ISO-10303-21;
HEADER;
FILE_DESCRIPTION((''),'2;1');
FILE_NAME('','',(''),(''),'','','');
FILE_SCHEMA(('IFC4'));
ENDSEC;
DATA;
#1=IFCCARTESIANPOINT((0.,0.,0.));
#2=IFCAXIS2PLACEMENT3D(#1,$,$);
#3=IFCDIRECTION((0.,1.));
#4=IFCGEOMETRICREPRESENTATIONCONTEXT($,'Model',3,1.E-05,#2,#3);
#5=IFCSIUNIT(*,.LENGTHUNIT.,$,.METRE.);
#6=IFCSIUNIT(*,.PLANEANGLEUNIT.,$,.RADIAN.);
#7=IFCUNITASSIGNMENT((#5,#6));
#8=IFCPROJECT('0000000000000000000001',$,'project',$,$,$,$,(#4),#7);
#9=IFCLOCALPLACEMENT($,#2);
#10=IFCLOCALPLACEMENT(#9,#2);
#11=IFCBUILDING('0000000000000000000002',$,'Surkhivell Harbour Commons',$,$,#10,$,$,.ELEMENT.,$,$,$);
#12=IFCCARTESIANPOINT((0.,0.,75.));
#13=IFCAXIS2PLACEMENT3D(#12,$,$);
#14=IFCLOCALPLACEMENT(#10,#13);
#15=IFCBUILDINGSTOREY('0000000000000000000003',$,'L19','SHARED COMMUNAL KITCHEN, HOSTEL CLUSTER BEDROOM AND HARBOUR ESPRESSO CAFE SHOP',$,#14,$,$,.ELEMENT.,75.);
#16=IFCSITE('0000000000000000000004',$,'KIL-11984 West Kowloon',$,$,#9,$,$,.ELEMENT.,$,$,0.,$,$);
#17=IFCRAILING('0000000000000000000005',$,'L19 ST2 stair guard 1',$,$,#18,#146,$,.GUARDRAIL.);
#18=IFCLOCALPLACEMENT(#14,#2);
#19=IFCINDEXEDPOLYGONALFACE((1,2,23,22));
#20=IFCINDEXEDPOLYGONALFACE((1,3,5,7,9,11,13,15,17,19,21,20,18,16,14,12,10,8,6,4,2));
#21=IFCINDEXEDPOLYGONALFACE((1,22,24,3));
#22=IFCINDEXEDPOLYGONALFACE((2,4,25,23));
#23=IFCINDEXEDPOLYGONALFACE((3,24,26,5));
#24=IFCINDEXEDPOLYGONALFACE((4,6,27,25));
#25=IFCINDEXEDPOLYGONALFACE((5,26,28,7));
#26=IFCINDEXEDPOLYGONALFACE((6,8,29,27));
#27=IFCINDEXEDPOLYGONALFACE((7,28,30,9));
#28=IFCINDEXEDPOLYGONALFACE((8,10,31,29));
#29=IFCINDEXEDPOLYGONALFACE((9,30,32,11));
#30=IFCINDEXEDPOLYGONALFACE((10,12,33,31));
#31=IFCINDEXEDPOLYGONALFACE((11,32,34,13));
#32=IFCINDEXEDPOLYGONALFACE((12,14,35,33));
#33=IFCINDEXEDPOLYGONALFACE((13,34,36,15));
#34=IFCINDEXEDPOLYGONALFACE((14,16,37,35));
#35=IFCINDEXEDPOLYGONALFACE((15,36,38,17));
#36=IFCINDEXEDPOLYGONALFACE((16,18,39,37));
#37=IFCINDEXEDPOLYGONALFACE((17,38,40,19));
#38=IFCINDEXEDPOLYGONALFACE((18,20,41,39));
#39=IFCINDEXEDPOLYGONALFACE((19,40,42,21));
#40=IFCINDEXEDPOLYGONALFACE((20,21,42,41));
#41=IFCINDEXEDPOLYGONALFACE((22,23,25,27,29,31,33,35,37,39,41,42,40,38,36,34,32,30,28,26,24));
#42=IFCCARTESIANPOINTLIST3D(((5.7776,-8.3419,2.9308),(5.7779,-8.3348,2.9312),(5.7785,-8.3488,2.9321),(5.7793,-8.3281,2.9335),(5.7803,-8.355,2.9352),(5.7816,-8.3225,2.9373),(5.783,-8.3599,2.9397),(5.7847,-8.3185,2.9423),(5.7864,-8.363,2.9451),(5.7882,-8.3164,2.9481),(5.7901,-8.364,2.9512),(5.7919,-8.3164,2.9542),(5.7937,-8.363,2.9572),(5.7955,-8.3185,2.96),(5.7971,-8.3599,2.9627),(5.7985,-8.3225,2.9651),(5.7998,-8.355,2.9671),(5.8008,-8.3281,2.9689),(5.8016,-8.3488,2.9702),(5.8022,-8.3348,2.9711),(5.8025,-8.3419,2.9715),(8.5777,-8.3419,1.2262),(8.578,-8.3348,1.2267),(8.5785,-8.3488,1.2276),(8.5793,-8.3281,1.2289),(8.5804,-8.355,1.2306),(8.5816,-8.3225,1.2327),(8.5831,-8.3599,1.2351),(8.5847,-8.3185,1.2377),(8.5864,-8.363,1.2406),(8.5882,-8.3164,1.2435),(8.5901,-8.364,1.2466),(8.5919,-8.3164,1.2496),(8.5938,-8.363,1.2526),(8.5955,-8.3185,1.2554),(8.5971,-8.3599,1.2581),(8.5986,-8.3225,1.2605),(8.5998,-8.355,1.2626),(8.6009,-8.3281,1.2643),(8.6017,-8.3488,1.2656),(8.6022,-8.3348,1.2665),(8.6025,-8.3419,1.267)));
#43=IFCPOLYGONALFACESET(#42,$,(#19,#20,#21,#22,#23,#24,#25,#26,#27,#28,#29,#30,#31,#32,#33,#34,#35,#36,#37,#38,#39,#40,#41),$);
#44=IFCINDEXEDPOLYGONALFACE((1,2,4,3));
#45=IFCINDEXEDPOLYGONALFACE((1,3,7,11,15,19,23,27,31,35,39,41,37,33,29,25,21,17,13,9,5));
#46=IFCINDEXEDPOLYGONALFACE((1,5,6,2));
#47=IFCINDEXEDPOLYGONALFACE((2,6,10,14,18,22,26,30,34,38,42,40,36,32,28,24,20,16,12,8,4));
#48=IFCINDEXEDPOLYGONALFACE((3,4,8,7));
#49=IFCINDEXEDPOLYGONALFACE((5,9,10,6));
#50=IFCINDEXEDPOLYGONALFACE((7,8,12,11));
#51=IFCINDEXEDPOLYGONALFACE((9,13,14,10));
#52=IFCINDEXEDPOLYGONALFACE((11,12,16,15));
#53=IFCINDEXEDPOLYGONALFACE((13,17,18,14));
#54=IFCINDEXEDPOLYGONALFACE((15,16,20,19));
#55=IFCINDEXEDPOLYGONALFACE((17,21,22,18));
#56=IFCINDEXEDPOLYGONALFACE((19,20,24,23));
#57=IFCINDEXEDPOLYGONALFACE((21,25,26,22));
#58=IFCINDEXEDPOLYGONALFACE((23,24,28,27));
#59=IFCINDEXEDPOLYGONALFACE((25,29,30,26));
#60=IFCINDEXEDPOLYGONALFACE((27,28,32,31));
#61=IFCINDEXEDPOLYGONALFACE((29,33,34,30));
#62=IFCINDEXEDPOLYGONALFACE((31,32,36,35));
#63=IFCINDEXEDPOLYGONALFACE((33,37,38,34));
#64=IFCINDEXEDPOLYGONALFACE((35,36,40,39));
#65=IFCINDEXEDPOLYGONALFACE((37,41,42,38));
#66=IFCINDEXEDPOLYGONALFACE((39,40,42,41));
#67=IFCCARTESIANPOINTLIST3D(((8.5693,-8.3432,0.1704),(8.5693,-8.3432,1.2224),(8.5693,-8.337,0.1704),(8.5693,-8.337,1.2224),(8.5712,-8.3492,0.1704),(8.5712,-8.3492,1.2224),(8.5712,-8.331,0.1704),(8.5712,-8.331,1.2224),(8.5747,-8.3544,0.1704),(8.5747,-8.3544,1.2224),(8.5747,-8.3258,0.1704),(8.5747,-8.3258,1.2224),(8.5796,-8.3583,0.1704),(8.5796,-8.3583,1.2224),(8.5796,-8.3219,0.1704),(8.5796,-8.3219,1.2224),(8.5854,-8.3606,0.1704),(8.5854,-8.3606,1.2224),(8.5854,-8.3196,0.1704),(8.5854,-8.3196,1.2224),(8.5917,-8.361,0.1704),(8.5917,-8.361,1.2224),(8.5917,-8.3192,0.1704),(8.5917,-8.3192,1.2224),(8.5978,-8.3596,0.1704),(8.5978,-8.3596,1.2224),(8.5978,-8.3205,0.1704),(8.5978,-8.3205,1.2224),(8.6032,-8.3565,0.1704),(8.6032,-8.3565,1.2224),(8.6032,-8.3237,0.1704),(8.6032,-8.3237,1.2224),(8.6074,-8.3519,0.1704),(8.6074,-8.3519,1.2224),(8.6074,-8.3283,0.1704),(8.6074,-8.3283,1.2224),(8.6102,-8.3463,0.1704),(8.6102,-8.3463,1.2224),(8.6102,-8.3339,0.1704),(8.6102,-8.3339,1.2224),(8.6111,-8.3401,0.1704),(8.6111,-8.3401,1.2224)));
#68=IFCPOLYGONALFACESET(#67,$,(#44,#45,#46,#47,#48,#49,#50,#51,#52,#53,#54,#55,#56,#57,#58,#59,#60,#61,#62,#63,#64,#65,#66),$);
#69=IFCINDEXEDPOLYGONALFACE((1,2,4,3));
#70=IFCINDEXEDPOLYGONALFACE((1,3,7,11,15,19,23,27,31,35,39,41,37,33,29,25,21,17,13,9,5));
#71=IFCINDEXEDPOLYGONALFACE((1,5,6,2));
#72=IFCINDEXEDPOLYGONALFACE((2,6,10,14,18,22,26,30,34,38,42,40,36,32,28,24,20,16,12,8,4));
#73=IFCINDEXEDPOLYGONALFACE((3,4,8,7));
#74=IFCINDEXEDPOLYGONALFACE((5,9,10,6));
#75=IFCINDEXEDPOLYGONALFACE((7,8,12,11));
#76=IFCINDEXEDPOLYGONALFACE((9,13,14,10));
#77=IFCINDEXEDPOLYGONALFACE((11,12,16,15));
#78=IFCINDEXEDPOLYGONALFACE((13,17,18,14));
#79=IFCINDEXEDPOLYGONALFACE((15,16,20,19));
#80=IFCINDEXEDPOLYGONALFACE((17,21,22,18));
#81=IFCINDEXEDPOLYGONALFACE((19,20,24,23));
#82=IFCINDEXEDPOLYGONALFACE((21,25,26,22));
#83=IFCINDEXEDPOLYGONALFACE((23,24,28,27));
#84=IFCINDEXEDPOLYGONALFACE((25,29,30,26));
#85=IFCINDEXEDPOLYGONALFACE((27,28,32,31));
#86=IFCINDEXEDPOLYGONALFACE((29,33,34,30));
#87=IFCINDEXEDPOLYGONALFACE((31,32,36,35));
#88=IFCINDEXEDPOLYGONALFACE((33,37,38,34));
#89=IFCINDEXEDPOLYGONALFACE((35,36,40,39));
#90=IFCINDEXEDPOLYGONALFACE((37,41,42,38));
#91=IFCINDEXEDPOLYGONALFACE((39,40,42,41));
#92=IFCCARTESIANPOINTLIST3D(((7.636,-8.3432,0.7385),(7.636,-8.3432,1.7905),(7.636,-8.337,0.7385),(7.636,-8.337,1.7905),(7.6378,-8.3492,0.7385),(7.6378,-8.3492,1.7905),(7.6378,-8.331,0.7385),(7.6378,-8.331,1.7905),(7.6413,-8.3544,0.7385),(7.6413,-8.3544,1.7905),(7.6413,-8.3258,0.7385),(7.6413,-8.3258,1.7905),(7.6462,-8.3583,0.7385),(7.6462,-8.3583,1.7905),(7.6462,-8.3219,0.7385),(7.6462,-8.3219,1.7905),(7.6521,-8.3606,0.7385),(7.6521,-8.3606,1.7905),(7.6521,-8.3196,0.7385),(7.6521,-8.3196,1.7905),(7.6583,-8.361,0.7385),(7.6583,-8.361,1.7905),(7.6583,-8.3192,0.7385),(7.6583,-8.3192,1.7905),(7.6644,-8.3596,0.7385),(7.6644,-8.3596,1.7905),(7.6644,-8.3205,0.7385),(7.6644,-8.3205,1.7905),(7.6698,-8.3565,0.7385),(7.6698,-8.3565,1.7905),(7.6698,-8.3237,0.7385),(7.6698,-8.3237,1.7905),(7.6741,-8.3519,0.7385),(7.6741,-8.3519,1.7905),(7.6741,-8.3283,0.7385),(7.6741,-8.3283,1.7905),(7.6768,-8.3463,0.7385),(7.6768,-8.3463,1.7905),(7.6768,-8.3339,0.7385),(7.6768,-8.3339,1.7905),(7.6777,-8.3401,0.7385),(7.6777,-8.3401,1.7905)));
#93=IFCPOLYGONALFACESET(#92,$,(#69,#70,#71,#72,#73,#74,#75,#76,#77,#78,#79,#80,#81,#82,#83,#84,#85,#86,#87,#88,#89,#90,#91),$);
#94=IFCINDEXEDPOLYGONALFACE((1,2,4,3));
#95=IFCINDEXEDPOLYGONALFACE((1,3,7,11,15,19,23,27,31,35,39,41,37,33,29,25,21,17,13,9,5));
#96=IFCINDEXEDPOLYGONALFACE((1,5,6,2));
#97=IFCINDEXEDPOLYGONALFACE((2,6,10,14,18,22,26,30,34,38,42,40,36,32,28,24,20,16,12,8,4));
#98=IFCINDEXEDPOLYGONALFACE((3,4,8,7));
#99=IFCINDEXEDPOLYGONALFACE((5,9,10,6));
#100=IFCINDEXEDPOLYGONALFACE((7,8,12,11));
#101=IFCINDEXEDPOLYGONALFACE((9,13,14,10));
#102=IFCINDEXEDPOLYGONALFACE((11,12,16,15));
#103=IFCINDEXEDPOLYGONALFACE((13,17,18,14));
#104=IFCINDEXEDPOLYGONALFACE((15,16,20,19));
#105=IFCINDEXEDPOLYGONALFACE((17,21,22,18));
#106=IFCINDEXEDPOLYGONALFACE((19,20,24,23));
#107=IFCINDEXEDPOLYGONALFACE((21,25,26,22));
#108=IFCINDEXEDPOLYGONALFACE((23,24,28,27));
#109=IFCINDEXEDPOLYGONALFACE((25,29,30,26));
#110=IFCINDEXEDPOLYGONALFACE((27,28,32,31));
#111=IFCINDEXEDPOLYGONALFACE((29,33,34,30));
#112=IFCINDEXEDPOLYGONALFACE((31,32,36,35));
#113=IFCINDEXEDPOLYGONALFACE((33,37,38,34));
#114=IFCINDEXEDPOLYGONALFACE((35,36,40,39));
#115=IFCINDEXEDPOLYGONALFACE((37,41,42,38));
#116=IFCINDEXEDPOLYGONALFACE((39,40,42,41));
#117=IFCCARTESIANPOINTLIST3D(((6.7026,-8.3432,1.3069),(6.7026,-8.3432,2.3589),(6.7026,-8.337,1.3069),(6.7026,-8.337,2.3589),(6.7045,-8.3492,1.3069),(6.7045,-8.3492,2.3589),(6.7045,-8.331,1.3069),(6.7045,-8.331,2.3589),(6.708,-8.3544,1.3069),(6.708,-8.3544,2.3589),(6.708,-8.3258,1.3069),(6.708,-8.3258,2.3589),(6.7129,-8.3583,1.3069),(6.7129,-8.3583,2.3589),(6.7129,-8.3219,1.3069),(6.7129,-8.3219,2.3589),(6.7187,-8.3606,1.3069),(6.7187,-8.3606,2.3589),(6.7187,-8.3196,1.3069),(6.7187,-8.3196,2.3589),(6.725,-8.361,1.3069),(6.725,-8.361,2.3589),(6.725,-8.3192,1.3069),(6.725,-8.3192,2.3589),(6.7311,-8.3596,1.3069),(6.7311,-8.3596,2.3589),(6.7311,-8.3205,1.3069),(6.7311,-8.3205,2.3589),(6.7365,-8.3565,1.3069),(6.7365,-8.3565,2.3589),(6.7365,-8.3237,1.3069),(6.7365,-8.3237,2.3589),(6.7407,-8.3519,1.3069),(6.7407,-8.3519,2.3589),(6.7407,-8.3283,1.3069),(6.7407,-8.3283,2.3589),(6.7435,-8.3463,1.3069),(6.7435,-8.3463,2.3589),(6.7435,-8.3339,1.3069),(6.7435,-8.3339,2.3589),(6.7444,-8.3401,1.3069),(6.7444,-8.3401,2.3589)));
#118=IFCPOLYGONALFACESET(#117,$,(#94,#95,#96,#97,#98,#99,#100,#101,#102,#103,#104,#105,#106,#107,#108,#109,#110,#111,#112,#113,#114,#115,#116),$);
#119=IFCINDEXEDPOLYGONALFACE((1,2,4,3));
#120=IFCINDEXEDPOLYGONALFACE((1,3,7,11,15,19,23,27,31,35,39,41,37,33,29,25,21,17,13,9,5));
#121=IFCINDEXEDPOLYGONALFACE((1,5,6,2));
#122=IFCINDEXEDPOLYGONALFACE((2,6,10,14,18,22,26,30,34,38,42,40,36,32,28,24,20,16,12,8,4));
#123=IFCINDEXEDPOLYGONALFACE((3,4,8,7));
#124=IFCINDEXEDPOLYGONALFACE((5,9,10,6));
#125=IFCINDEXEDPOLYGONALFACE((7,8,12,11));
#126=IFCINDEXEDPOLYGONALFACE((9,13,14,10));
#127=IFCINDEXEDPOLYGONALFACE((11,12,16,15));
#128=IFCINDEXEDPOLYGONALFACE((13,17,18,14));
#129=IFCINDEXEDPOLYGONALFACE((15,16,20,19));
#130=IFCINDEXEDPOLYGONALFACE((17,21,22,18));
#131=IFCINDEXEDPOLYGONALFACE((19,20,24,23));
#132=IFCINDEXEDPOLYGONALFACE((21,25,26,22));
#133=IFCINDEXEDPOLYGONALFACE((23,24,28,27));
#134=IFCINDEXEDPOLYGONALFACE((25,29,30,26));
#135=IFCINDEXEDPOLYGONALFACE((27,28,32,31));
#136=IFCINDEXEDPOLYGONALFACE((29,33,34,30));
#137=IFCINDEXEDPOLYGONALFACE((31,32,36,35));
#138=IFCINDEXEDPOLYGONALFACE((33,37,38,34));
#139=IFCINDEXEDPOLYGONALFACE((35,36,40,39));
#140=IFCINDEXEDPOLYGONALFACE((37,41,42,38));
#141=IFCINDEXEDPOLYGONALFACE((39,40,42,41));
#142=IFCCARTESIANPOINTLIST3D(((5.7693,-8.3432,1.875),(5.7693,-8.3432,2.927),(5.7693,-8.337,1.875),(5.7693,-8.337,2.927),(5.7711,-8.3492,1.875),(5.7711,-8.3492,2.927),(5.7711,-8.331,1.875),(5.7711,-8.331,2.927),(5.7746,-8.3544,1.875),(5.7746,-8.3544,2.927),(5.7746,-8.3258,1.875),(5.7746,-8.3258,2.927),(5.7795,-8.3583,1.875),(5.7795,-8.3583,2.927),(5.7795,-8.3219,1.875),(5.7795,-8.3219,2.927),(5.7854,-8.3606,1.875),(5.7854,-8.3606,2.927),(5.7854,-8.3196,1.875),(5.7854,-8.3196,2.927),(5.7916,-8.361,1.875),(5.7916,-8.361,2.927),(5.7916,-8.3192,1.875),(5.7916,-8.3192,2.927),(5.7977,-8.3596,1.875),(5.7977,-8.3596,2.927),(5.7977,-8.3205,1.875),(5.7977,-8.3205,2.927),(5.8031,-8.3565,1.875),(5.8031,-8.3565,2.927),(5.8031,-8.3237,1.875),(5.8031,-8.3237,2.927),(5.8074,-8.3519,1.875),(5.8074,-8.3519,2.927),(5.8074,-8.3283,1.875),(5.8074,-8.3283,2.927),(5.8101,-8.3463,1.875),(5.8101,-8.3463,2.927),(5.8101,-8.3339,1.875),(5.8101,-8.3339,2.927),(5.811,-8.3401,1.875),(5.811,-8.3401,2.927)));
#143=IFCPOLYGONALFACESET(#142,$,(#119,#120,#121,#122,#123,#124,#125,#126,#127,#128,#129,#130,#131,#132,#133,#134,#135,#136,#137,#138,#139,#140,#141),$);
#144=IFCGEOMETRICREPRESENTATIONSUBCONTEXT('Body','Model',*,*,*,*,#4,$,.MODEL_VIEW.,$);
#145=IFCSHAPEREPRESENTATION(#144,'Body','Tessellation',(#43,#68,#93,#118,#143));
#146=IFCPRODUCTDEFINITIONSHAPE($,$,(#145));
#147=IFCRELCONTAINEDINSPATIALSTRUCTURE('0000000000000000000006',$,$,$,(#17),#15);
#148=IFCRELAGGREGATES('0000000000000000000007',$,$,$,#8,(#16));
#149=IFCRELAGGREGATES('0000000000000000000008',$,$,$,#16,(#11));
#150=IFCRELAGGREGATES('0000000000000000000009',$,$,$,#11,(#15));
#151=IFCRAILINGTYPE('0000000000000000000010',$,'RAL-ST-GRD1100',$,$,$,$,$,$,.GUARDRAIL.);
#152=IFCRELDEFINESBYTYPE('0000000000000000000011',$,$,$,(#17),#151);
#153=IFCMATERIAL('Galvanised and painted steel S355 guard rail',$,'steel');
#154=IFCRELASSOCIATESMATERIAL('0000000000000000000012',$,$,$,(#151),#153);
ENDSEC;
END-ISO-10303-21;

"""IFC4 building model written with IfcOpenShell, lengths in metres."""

from ifc_helpers import new_model, si_unit, direction, frame, origin, origin_2d, place, context, subcontext, project, spatial, circle, extrude, material, type_object, element, save


model = new_model("IFC4")

# Units and contexts
model_context = context("Model", 3, precision=1e-05, world=origin(), true_north=direction((0.0, 1.0)))
body_context = subcontext(model_context, "Body", "Model", "MODEL_VIEW")
ifc_project = project(units=[si_unit("LENGTHUNIT", "METRE"), si_unit("PLANEANGLEUNIT", "RADIAN")], contexts=[model_context])

# Site, building, storey
site_placement = place(None, origin())
site = spatial("IfcSite", under=ifc_project, at=site_placement, Name="KIL-11984 West Kowloon", CompositionType="ELEMENT", RefElevation=0.0)
building_placement = place(site_placement, origin())
building = spatial("IfcBuilding", under=site, at=building_placement, Name="Surkhivell Harbour Commons", CompositionType="ELEMENT")
storey_placement = place(building_placement, frame((0.0, 0.0, 75.0)))
storey = spatial("IfcBuildingStorey", under=building, at=storey_placement, Name="L19", Description="SHARED COMMUNAL KITCHEN, HOSTEL CLUSTER BEDROOM AND HARBOUR ESPRESSO CAFE SHOP", CompositionType="ELEMENT", Elevation=75.0)

# Railing
ifc_material_1 = material(Name="Galvanised and painted steel S355 guard rail", Category="steel")
railing_type_1 = type_object("IfcRailingType", Name="RAL-ST-GRD1100", PredefinedType="GUARDRAIL", material=ifc_material_1)
railing_1_placement = place(storey_placement, frame((8.5901, -8.3401, 0.1704)))
element("IfcRailing", 1, at=railing_1_placement, inside=storey, type_object=railing_type_1, Name="L19 ST2 stair guard 1", PredefinedType="GUARDRAIL", context=body_context, shape_type="SweptSolid", body=[
    extrude(circle(Radius=0.0239, at=origin_2d()), frame((0.0, 0.0, 1.0762), z_axis=(-0.85417, 0.0, 0.519994), x_axis=(0.0, -1.0, 0.0)), (0.0, 0.0, 1.0), 3.2781),
    extrude(circle(Radius=0.021, at=origin_2d()), origin(), (0.0, 0.0, 1.0), 1.052),
    extrude(circle(Radius=0.021, at=origin_2d()), frame((-0.9333, 0.0, 0.5681)), (0.0, 0.0, 1.0), 1.052),
    extrude(circle(Radius=0.021, at=origin_2d()), frame((-1.8667, 0.0, 1.1365)), (0.0, 0.0, 1.0), 1.052),
    extrude(circle(Radius=0.021, at=origin_2d()), frame((-2.8, 0.0, 1.7046)), (0.0, 0.0, 1.0), 1.052),
])

save(model, "model.ifc")
